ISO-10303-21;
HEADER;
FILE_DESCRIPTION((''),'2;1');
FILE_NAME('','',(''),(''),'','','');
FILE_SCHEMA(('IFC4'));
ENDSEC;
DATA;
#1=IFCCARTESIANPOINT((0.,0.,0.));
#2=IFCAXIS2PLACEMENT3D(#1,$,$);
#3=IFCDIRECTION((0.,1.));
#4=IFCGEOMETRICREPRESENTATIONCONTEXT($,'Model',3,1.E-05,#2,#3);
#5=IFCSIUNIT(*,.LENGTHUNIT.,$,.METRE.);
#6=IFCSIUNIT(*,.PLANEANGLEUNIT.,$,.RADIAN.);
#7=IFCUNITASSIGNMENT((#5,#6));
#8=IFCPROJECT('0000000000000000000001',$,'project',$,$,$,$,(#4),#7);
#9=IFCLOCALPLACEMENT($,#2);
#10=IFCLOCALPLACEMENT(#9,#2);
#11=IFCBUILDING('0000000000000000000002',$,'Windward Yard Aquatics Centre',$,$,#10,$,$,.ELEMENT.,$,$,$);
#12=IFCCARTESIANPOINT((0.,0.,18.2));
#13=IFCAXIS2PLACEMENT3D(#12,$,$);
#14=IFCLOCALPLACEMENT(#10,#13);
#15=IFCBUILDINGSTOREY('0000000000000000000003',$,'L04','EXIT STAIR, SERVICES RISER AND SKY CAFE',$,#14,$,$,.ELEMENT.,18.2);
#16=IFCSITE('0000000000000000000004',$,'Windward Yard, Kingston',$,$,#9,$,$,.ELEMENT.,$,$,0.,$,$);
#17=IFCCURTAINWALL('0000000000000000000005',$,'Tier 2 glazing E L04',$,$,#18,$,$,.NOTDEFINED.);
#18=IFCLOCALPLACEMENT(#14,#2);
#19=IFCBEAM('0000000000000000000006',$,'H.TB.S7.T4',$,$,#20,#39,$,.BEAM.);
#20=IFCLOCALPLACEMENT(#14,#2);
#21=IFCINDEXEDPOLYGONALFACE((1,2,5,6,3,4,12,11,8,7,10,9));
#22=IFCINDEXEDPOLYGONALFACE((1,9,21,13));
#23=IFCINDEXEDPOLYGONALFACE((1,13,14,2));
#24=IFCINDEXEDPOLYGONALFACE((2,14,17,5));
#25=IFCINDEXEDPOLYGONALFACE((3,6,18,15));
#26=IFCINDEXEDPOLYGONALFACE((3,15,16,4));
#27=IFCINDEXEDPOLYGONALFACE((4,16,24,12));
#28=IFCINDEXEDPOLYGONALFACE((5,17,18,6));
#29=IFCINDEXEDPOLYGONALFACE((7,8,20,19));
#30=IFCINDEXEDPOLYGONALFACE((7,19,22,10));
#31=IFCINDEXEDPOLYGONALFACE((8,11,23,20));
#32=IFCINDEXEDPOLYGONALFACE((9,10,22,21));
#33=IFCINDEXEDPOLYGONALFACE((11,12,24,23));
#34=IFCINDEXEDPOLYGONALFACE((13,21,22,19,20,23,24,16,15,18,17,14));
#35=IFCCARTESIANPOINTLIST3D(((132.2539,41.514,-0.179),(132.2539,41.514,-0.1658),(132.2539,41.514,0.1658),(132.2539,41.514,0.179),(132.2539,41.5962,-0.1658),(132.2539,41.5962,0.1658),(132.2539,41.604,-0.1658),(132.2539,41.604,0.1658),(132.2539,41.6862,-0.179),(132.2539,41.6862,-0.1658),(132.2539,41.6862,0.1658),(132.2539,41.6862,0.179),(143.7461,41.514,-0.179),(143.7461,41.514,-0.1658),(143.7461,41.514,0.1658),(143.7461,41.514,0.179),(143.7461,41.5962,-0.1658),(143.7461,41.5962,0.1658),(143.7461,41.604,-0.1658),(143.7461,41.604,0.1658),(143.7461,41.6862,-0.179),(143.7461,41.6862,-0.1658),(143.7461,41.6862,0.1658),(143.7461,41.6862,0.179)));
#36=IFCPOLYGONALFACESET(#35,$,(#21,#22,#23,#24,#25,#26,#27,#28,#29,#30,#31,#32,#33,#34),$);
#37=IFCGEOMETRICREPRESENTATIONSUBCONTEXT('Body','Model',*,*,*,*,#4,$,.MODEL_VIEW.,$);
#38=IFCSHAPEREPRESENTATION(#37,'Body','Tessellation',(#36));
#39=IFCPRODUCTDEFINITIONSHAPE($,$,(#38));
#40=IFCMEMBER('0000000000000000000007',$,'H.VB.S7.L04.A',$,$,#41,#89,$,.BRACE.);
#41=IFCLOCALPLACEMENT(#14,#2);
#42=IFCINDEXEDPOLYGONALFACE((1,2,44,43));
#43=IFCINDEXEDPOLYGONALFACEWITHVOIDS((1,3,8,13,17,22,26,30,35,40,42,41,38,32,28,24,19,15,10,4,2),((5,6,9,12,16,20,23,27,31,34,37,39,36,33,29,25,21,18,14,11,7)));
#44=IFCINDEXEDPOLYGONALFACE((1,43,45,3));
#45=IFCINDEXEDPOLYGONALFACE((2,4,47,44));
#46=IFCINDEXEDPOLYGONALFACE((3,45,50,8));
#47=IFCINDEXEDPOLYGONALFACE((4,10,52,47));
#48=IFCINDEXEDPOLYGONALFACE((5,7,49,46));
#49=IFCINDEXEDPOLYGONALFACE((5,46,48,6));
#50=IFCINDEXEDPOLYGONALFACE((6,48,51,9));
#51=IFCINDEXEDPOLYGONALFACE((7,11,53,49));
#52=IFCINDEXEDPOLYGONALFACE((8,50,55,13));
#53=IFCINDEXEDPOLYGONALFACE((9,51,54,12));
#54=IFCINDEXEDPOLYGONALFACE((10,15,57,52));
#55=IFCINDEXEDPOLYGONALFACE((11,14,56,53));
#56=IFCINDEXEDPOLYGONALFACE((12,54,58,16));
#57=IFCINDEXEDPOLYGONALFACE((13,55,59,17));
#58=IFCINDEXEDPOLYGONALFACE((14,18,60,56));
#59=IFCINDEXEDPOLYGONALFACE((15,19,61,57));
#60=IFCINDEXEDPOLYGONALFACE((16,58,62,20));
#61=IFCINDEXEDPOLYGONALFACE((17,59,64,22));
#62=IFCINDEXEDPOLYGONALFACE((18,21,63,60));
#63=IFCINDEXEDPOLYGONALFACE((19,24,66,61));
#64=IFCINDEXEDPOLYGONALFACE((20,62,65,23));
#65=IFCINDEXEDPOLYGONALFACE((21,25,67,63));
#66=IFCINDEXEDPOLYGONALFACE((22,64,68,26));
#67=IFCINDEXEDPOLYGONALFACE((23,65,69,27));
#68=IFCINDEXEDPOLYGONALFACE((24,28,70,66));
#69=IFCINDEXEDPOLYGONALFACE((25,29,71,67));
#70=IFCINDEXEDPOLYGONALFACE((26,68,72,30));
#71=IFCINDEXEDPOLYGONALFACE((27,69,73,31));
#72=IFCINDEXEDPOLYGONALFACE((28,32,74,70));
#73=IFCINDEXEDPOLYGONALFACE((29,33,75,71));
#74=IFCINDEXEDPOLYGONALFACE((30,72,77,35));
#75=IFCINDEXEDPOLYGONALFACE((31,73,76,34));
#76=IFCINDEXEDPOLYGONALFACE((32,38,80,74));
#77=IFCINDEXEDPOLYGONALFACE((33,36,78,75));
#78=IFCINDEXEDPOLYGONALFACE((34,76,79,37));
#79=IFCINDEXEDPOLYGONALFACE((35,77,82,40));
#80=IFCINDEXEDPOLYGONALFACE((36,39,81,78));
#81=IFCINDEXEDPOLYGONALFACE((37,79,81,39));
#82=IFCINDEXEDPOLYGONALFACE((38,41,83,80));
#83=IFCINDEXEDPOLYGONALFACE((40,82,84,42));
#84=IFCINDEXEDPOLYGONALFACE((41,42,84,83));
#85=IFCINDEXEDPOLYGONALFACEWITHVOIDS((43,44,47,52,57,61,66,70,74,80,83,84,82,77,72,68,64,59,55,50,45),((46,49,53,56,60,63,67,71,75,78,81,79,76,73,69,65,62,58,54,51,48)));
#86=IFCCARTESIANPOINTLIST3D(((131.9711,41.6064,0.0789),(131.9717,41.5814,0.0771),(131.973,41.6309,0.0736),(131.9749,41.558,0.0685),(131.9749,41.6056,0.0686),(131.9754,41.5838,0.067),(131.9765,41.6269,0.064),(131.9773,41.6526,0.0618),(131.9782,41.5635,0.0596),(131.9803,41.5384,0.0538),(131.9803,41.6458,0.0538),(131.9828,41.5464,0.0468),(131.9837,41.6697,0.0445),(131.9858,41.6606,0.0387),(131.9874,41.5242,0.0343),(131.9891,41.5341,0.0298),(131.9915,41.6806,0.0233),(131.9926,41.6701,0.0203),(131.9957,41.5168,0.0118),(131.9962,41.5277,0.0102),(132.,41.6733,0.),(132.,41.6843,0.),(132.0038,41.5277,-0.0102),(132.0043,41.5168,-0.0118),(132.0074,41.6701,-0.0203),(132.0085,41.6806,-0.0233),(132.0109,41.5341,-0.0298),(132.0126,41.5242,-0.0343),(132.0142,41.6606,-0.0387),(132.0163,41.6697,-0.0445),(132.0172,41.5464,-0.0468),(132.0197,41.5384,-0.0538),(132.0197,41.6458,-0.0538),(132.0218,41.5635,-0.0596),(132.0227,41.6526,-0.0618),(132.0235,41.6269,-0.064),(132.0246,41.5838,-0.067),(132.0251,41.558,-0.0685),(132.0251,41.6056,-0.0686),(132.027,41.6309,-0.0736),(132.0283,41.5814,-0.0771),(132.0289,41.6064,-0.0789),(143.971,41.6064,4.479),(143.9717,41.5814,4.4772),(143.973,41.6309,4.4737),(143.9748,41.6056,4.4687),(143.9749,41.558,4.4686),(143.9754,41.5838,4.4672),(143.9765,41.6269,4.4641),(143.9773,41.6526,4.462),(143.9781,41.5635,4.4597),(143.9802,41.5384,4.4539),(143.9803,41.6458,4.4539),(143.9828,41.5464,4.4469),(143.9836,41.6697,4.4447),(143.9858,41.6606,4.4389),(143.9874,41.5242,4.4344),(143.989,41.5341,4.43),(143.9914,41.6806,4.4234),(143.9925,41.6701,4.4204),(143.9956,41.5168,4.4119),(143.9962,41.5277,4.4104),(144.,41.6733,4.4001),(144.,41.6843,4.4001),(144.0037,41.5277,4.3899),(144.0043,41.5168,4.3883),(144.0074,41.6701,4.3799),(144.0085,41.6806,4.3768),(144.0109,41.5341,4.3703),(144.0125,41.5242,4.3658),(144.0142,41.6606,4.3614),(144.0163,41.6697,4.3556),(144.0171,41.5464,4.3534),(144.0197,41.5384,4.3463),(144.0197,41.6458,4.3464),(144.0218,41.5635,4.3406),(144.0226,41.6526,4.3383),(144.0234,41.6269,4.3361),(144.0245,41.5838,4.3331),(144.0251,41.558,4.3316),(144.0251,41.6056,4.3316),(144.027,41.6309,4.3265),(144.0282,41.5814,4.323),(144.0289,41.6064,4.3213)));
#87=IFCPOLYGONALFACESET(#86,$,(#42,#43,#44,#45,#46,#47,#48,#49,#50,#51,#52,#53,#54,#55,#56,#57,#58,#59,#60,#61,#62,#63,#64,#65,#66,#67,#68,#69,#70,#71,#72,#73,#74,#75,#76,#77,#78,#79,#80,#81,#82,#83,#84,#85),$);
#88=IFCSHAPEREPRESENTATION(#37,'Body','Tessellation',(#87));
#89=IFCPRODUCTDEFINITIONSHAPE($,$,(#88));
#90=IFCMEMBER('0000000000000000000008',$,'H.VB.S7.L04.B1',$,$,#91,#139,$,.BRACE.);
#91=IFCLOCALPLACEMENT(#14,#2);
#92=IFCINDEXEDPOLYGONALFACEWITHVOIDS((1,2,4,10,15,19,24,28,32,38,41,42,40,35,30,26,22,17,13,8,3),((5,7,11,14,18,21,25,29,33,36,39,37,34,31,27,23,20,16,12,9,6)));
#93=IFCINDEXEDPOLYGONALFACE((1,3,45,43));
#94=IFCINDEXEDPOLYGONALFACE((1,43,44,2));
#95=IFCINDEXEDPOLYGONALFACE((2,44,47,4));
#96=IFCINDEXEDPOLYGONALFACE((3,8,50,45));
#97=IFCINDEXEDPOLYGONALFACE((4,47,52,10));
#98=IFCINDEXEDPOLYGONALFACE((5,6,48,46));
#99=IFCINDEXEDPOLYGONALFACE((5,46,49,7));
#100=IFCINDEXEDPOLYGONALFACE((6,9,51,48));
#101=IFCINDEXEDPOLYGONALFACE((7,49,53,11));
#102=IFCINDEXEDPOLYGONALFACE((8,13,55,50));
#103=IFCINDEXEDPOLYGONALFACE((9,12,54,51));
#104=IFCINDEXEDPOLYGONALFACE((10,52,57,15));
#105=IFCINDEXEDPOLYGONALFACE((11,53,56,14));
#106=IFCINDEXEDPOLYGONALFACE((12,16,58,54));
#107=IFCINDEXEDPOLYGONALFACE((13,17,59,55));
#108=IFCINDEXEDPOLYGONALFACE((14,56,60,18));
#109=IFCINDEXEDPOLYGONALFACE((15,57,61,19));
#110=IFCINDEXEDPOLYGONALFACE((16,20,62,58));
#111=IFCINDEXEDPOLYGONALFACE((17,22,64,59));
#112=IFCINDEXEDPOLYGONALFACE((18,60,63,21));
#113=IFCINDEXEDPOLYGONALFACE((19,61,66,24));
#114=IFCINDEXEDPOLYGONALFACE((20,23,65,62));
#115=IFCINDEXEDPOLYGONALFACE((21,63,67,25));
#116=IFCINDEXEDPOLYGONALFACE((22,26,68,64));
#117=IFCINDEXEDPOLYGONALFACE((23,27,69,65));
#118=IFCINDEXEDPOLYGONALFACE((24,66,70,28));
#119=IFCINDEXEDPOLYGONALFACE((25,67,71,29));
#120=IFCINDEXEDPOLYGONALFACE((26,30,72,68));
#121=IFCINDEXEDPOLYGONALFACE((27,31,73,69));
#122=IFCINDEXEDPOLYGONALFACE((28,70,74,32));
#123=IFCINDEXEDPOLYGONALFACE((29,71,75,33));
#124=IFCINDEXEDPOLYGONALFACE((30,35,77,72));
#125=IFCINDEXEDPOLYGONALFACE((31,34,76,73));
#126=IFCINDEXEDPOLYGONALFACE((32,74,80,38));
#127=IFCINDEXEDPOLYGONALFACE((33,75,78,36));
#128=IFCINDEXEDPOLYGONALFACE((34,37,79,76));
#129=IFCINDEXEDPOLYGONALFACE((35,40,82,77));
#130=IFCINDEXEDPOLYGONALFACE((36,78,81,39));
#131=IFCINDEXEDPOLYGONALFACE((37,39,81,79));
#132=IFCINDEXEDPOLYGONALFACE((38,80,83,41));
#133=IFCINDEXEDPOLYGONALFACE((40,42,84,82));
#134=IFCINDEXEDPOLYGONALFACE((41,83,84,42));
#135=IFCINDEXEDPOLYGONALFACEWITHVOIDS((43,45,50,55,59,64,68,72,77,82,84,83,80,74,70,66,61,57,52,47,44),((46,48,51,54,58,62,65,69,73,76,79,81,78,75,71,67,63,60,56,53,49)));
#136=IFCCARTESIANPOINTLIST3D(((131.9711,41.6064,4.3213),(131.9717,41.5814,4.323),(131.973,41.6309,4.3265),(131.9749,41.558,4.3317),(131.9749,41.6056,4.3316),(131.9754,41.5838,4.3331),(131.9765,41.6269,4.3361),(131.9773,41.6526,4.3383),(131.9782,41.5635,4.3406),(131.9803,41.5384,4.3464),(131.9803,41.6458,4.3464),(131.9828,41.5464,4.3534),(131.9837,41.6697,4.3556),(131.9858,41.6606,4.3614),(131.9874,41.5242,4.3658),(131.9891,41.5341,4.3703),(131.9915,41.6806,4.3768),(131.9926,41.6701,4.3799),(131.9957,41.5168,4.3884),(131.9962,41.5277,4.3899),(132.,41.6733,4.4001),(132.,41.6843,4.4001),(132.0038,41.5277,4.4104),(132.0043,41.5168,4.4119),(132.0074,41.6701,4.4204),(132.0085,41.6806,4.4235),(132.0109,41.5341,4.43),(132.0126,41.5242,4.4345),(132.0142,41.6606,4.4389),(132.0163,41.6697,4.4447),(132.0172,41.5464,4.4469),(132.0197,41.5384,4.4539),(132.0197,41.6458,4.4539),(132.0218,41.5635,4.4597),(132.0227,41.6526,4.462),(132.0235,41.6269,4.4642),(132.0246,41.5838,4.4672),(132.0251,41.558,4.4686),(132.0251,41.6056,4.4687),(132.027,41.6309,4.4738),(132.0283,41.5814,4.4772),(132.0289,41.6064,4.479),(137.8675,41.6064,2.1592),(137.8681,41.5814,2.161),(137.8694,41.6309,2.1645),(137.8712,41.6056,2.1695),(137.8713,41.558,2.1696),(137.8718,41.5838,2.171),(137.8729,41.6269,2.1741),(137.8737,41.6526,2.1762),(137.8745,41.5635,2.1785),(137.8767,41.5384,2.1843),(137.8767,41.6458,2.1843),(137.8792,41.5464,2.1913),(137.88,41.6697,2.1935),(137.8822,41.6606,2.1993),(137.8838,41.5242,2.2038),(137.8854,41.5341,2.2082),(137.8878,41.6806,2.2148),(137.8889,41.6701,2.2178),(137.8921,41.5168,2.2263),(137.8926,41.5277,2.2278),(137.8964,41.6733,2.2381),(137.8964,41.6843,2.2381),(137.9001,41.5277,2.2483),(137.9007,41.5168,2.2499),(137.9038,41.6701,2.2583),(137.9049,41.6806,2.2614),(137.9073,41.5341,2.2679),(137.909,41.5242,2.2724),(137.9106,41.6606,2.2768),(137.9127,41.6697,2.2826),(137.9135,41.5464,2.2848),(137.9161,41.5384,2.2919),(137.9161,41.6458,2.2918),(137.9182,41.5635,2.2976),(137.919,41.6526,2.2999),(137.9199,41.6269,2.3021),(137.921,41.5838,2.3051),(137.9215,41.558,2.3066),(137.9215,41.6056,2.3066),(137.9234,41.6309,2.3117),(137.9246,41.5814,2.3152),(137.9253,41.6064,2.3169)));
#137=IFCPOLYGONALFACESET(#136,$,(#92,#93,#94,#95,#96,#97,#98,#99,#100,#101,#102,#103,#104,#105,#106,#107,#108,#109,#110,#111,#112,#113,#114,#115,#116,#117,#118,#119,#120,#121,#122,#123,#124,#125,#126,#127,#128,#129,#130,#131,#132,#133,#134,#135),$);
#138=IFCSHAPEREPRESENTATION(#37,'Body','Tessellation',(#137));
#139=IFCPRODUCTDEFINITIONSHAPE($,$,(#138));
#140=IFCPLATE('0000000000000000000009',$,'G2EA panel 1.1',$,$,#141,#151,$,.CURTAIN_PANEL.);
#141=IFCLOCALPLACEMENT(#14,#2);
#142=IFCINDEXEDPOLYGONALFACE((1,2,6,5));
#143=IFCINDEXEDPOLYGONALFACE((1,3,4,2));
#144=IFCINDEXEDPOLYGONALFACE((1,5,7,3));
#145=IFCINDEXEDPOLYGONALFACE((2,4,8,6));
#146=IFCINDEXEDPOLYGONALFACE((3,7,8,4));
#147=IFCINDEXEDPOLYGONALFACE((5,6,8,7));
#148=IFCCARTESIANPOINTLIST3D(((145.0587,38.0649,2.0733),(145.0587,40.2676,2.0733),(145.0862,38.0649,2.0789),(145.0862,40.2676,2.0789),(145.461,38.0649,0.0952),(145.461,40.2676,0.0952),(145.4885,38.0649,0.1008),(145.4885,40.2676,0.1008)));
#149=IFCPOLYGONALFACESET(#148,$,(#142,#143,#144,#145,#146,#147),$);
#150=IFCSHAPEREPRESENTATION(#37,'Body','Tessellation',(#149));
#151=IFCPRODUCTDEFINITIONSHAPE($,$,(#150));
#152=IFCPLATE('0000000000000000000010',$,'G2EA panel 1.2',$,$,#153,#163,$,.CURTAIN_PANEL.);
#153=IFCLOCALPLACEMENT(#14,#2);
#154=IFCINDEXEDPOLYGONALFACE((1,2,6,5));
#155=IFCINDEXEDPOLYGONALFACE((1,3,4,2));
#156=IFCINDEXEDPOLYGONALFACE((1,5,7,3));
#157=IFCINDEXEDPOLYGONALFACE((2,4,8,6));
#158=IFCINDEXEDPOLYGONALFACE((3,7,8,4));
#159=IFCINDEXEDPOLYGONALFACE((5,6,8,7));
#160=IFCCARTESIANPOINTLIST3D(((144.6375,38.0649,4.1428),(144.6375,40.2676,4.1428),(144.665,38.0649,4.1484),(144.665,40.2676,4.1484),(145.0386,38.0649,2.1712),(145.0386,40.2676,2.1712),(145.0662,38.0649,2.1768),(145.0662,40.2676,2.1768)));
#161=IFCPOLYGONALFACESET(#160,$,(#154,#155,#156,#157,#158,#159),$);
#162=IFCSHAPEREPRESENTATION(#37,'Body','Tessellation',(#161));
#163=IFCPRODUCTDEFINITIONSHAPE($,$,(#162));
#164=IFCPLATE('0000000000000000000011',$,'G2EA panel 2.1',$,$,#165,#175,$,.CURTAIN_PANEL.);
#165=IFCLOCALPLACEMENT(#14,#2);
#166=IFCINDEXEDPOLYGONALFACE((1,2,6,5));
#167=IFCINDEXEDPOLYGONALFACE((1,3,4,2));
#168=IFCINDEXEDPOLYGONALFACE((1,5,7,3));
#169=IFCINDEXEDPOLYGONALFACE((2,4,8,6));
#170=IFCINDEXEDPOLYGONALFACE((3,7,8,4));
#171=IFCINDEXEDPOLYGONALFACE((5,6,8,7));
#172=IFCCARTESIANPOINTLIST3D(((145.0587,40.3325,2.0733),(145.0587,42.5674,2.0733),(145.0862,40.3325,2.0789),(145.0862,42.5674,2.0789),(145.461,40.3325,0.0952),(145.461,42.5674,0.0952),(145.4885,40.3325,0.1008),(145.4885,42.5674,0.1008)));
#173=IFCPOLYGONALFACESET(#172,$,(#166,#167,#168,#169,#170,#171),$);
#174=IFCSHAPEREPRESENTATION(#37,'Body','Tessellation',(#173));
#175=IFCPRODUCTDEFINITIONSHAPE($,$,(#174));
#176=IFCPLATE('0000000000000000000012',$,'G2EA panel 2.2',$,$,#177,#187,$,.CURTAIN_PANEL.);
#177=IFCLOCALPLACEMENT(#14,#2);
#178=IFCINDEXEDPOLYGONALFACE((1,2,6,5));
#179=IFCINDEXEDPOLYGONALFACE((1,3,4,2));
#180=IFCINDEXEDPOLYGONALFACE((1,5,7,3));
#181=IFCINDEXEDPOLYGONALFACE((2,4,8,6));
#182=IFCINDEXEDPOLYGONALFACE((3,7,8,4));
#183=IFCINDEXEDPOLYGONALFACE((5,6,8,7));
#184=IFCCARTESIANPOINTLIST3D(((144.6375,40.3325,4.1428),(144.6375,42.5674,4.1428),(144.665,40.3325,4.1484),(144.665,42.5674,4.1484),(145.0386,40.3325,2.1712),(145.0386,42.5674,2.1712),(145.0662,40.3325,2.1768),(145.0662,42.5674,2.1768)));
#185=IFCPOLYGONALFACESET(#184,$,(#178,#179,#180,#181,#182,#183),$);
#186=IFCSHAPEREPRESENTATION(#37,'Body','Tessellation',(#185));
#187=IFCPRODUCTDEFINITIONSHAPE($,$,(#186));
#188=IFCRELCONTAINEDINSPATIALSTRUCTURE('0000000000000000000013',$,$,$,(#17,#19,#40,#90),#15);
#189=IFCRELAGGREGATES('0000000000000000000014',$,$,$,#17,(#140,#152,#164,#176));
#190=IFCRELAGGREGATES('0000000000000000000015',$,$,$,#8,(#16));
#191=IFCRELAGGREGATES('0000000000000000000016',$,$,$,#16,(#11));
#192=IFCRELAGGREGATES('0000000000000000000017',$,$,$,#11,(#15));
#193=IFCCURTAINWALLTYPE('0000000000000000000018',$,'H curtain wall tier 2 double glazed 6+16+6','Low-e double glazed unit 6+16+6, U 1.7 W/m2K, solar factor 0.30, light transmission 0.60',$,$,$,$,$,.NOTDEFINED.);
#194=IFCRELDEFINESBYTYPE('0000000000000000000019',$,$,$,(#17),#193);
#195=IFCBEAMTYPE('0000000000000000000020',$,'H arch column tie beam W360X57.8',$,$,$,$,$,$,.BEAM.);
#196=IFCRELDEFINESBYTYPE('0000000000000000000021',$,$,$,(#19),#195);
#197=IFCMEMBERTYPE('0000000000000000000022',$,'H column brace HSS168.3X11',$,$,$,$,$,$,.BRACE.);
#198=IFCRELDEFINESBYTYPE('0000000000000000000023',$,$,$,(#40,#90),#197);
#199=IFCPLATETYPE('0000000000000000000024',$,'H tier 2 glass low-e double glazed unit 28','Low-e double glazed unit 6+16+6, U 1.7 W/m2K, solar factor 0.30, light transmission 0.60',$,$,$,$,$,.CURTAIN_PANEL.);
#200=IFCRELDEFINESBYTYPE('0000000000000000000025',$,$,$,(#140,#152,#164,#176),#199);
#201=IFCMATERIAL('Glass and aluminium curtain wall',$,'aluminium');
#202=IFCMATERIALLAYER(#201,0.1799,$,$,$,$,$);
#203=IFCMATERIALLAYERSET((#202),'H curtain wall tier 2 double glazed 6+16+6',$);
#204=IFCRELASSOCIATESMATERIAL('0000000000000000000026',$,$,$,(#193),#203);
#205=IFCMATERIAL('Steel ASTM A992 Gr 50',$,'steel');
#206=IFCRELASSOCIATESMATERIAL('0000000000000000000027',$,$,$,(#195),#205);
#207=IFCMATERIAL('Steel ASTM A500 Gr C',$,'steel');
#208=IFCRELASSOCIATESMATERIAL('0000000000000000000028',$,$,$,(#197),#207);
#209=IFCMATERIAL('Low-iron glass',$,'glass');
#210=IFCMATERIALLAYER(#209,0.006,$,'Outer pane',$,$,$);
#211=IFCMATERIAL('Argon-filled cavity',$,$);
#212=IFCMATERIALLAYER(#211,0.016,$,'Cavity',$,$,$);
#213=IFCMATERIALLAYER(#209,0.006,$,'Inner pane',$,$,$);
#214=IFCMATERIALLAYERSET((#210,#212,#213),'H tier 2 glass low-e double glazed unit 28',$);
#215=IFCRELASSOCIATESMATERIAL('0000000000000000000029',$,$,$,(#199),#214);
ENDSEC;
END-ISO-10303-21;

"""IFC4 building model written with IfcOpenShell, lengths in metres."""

from ifc_helpers import new_model, si_unit, direction, frame, origin, origin_2d, place, context, subcontext, project, spatial, polyline, hollow_circle, i_section, outline, extrude, material, layer, layer_set, material_profile, profile_set, type_object, element, aggregate, save


model = new_model("IFC4")

# Units and contexts
model_context = context("Model", 3, precision=1e-05, world=origin(), true_north=direction((0.0, 1.0)))
body_context = subcontext(model_context, "Body", "Model", "MODEL_VIEW")
ifc_project = project(units=[si_unit("LENGTHUNIT", "METRE"), si_unit("PLANEANGLEUNIT", "RADIAN")], contexts=[model_context])

# Site, building, storey
site_placement = place(None, origin())
site = spatial("IfcSite", under=ifc_project, at=site_placement, Name="Windward Yard, Kingston", CompositionType="ELEMENT", RefElevation=0.0)
building_placement = place(site_placement, origin())
building = spatial("IfcBuilding", under=site, at=building_placement, Name="Windward Yard Aquatics Centre", CompositionType="ELEMENT")
storey_placement = place(building_placement, frame((0.0, 0.0, 18.2)))
storey = spatial("IfcBuildingStorey", under=building, at=storey_placement, Name="L04", Description="EXIT STAIR, SERVICES RISER AND SKY CAFE", CompositionType="ELEMENT", Elevation=18.2)

# Shared definitions
ifc_material_1 = material(Name="Steel ASTM A500 Gr C", Category="steel")

# Curtain wall
ifc_material_2 = material(Name="Glass and aluminium curtain wall", Category="aluminium")
ifc_layer_1 = layer(ifc_material_2, 0.1799)
ifc_layer_set_1 = layer_set([ifc_layer_1], Name="H curtain wall tier 2 double glazed 6+16+6")
curtain_wall_type = type_object("IfcCurtainWallType", Name="H curtain wall tier 2 double glazed 6+16+6", Description="Low-e double glazed unit 6+16+6, U 1.7 W/m2K, solar factor 0.30, light transmission 0.60", PredefinedType="NOTDEFINED", material=ifc_layer_set_1)
curtain_wall_1_placement = place(storey_placement, origin())
curtain_wall_1 = element("IfcCurtainWall", 1, at=curtain_wall_1_placement, inside=storey, type_object=curtain_wall_type, Name="Tier 2 glazing E L04", PredefinedType="NOTDEFINED")

# Beam
ifc_material_3 = material(Name="Steel ASTM A992 Gr 50", Category="steel")
ifc_material_profile_1 = material_profile(ifc_material_3, i_section(OverallWidth=0.1721, OverallDepth=0.3579, WebThickness=0.0078, FlangeThickness=0.0132, at=origin_2d()), Name="W360X57.8")
ifc_profile_set_1 = profile_set([ifc_material_profile_1], Name="Steel ASTM A992 Gr 50")
beam_type = type_object("IfcBeamType", Name="H arch column tie beam W360X57.8", PredefinedType="BEAM", material=ifc_profile_set_1)
beam_placement = place(storey_placement, frame((132.2539, 41.6001, 0.0), z_axis=(1.0, 0.0, 0.0), x_axis=(0.0, 1.0, 0.0)))
element("IfcBeam", 2, at=beam_placement, inside=storey, type_object=beam_type, Name="H.TB.S7.T4", PredefinedType="BEAM", context=body_context, shape_type="SweptSolid", body=[
    extrude(i_section(OverallWidth=0.1721, OverallDepth=0.3579, WebThickness=0.0078, FlangeThickness=0.0132, at=origin_2d()), origin(), (0.0, 0.0, 1.0), 11.4922),
])

# Members
ifc_material_profile_2 = material_profile(ifc_material_1, hollow_circle(Radius=0.0842, WallThickness=0.011, at=origin_2d()), Name="HSS168.3X11")
ifc_profile_set_2 = profile_set([ifc_material_profile_2], Name="Steel ASTM A500 Gr C")
member_type_1 = type_object("IfcMemberType", Name="H column brace HSS168.3X11", PredefinedType="BRACE", material=ifc_profile_set_2)
member_1_placement = place(storey_placement, frame((132.0, 41.6001, 0.0), z_axis=(0.938873, 0.0, 0.344265), x_axis=(0.0, 1.0, 0.0)))
element("IfcMember", 3, at=member_1_placement, inside=storey, type_object=member_type_1, Name="H.VB.S7.L04.A", PredefinedType="BRACE", context=body_context, shape_type="SweptSolid", body=[
    extrude(hollow_circle(Radius=0.0842, WallThickness=0.011, at=origin_2d()), origin(), (0.0, 0.0, 1.0), 12.7812),
])
member_2_placement = place(storey_placement, frame((132.0, 41.6001, 4.4001), z_axis=(0.938873, 0.0, -0.344264), x_axis=(0.0, 1.0, 0.0)))
element("IfcMember", 4, at=member_2_placement, inside=storey, type_object=member_type_1, Name="H.VB.S7.L04.B1", PredefinedType="BRACE", context=body_context, shape_type="SweptSolid", body=[
    extrude(hollow_circle(Radius=0.0842, WallThickness=0.011, at=origin_2d()), origin(), (0.0, 0.0, 1.0), 6.2803),
])

# Plates
ifc_material_4 = material(Name="Low-iron glass", Category="glass")
ifc_layer_2 = layer(ifc_material_4, 0.006, Name="Outer pane")
ifc_material_5 = material(Name="Argon-filled cavity")
ifc_layer_3 = layer(ifc_material_5, 0.016, Name="Cavity")
ifc_layer_4 = layer(ifc_material_4, 0.006, Name="Inner pane")
ifc_layer_set_2 = layer_set([ifc_layer_2, ifc_layer_3, ifc_layer_4], Name="H tier 2 glass low-e double glazed unit 28")
plate_type = type_object("IfcPlateType", Name="H tier 2 glass low-e double glazed unit 28", Description="Low-e double glazed unit 6+16+6, U 1.7 W/m2K, solar factor 0.30, light transmission 0.60", PredefinedType="CURTAIN_PANEL", material=ifc_layer_set_2)
plate_1_placement = place(storey_placement, frame((145.0862, 38.0649, 2.0789), z_axis=(0.979933, 0.0, 0.199325), x_axis=(0.199325, 0.0, -0.979933)))
plate_1 = element("IfcPlate", 5, at=plate_1_placement, type_object=plate_type, Name="G2EA panel 1.1", PredefinedType="CURTAIN_PANEL", context=body_context, shape_type="SweptSolid", body=[
    extrude(outline(polyline([(0.0, 0.0), (2.0185, 0.0), (2.0185, 2.2026), (0.0, 2.2026), (0.0, 0.0)])), origin(), (0.0, 0.0, -1.0), 0.0281),
])
plate_2_placement = place(storey_placement, frame((144.665, 38.0649, 4.1484), z_axis=(0.979927, 0.0, 0.199359), x_axis=(0.199359, 0.0, -0.979927)))
plate_2 = element("IfcPlate", 6, at=plate_2_placement, type_object=plate_type, Name="G2EA panel 1.2", PredefinedType="CURTAIN_PANEL", context=body_context, shape_type="SweptSolid", body=[
    extrude(outline(polyline([(0.0, 0.0), (2.0121, 0.0), (2.0121, 2.2026), (0.0, 2.2026), (0.0, 0.0)])), origin(), (0.0, 0.0, -1.0), 0.0281),
])
plate_3_placement = place(storey_placement, frame((145.0862, 40.3325, 2.0789), z_axis=(0.979933, 0.0, 0.199325), x_axis=(0.199325, 0.0, -0.979933)))
plate_3 = element("IfcPlate", 7, at=plate_3_placement, type_object=plate_type, Name="G2EA panel 2.1", PredefinedType="CURTAIN_PANEL", context=body_context, shape_type="SweptSolid", body=[
    extrude(outline(polyline([(0.0, 0.0), (2.0185, 0.0), (2.0185, 2.2349), (0.0, 2.2349), (0.0, 0.0)])), origin(), (0.0, 0.0, -1.0), 0.0281),
])
plate_4_placement = place(storey_placement, frame((144.665, 40.3325, 4.1484), z_axis=(0.979927, 0.0, 0.199359), x_axis=(0.199359, 0.0, -0.979927)))
plate_4 = element("IfcPlate", 8, at=plate_4_placement, type_object=plate_type, Name="G2EA panel 2.2", PredefinedType="CURTAIN_PANEL", context=body_context, shape_type="SweptSolid", body=[
    extrude(outline(polyline([(0.0, 0.0), (2.0121, 0.0), (2.0121, 2.2349), (0.0, 2.2349), (0.0, 0.0)])), origin(), (0.0, 0.0, -1.0), 0.0281),
])
aggregate(curtain_wall_1, [plate_1, plate_2, plate_3, plate_4])

save(model, "model.ifc")
